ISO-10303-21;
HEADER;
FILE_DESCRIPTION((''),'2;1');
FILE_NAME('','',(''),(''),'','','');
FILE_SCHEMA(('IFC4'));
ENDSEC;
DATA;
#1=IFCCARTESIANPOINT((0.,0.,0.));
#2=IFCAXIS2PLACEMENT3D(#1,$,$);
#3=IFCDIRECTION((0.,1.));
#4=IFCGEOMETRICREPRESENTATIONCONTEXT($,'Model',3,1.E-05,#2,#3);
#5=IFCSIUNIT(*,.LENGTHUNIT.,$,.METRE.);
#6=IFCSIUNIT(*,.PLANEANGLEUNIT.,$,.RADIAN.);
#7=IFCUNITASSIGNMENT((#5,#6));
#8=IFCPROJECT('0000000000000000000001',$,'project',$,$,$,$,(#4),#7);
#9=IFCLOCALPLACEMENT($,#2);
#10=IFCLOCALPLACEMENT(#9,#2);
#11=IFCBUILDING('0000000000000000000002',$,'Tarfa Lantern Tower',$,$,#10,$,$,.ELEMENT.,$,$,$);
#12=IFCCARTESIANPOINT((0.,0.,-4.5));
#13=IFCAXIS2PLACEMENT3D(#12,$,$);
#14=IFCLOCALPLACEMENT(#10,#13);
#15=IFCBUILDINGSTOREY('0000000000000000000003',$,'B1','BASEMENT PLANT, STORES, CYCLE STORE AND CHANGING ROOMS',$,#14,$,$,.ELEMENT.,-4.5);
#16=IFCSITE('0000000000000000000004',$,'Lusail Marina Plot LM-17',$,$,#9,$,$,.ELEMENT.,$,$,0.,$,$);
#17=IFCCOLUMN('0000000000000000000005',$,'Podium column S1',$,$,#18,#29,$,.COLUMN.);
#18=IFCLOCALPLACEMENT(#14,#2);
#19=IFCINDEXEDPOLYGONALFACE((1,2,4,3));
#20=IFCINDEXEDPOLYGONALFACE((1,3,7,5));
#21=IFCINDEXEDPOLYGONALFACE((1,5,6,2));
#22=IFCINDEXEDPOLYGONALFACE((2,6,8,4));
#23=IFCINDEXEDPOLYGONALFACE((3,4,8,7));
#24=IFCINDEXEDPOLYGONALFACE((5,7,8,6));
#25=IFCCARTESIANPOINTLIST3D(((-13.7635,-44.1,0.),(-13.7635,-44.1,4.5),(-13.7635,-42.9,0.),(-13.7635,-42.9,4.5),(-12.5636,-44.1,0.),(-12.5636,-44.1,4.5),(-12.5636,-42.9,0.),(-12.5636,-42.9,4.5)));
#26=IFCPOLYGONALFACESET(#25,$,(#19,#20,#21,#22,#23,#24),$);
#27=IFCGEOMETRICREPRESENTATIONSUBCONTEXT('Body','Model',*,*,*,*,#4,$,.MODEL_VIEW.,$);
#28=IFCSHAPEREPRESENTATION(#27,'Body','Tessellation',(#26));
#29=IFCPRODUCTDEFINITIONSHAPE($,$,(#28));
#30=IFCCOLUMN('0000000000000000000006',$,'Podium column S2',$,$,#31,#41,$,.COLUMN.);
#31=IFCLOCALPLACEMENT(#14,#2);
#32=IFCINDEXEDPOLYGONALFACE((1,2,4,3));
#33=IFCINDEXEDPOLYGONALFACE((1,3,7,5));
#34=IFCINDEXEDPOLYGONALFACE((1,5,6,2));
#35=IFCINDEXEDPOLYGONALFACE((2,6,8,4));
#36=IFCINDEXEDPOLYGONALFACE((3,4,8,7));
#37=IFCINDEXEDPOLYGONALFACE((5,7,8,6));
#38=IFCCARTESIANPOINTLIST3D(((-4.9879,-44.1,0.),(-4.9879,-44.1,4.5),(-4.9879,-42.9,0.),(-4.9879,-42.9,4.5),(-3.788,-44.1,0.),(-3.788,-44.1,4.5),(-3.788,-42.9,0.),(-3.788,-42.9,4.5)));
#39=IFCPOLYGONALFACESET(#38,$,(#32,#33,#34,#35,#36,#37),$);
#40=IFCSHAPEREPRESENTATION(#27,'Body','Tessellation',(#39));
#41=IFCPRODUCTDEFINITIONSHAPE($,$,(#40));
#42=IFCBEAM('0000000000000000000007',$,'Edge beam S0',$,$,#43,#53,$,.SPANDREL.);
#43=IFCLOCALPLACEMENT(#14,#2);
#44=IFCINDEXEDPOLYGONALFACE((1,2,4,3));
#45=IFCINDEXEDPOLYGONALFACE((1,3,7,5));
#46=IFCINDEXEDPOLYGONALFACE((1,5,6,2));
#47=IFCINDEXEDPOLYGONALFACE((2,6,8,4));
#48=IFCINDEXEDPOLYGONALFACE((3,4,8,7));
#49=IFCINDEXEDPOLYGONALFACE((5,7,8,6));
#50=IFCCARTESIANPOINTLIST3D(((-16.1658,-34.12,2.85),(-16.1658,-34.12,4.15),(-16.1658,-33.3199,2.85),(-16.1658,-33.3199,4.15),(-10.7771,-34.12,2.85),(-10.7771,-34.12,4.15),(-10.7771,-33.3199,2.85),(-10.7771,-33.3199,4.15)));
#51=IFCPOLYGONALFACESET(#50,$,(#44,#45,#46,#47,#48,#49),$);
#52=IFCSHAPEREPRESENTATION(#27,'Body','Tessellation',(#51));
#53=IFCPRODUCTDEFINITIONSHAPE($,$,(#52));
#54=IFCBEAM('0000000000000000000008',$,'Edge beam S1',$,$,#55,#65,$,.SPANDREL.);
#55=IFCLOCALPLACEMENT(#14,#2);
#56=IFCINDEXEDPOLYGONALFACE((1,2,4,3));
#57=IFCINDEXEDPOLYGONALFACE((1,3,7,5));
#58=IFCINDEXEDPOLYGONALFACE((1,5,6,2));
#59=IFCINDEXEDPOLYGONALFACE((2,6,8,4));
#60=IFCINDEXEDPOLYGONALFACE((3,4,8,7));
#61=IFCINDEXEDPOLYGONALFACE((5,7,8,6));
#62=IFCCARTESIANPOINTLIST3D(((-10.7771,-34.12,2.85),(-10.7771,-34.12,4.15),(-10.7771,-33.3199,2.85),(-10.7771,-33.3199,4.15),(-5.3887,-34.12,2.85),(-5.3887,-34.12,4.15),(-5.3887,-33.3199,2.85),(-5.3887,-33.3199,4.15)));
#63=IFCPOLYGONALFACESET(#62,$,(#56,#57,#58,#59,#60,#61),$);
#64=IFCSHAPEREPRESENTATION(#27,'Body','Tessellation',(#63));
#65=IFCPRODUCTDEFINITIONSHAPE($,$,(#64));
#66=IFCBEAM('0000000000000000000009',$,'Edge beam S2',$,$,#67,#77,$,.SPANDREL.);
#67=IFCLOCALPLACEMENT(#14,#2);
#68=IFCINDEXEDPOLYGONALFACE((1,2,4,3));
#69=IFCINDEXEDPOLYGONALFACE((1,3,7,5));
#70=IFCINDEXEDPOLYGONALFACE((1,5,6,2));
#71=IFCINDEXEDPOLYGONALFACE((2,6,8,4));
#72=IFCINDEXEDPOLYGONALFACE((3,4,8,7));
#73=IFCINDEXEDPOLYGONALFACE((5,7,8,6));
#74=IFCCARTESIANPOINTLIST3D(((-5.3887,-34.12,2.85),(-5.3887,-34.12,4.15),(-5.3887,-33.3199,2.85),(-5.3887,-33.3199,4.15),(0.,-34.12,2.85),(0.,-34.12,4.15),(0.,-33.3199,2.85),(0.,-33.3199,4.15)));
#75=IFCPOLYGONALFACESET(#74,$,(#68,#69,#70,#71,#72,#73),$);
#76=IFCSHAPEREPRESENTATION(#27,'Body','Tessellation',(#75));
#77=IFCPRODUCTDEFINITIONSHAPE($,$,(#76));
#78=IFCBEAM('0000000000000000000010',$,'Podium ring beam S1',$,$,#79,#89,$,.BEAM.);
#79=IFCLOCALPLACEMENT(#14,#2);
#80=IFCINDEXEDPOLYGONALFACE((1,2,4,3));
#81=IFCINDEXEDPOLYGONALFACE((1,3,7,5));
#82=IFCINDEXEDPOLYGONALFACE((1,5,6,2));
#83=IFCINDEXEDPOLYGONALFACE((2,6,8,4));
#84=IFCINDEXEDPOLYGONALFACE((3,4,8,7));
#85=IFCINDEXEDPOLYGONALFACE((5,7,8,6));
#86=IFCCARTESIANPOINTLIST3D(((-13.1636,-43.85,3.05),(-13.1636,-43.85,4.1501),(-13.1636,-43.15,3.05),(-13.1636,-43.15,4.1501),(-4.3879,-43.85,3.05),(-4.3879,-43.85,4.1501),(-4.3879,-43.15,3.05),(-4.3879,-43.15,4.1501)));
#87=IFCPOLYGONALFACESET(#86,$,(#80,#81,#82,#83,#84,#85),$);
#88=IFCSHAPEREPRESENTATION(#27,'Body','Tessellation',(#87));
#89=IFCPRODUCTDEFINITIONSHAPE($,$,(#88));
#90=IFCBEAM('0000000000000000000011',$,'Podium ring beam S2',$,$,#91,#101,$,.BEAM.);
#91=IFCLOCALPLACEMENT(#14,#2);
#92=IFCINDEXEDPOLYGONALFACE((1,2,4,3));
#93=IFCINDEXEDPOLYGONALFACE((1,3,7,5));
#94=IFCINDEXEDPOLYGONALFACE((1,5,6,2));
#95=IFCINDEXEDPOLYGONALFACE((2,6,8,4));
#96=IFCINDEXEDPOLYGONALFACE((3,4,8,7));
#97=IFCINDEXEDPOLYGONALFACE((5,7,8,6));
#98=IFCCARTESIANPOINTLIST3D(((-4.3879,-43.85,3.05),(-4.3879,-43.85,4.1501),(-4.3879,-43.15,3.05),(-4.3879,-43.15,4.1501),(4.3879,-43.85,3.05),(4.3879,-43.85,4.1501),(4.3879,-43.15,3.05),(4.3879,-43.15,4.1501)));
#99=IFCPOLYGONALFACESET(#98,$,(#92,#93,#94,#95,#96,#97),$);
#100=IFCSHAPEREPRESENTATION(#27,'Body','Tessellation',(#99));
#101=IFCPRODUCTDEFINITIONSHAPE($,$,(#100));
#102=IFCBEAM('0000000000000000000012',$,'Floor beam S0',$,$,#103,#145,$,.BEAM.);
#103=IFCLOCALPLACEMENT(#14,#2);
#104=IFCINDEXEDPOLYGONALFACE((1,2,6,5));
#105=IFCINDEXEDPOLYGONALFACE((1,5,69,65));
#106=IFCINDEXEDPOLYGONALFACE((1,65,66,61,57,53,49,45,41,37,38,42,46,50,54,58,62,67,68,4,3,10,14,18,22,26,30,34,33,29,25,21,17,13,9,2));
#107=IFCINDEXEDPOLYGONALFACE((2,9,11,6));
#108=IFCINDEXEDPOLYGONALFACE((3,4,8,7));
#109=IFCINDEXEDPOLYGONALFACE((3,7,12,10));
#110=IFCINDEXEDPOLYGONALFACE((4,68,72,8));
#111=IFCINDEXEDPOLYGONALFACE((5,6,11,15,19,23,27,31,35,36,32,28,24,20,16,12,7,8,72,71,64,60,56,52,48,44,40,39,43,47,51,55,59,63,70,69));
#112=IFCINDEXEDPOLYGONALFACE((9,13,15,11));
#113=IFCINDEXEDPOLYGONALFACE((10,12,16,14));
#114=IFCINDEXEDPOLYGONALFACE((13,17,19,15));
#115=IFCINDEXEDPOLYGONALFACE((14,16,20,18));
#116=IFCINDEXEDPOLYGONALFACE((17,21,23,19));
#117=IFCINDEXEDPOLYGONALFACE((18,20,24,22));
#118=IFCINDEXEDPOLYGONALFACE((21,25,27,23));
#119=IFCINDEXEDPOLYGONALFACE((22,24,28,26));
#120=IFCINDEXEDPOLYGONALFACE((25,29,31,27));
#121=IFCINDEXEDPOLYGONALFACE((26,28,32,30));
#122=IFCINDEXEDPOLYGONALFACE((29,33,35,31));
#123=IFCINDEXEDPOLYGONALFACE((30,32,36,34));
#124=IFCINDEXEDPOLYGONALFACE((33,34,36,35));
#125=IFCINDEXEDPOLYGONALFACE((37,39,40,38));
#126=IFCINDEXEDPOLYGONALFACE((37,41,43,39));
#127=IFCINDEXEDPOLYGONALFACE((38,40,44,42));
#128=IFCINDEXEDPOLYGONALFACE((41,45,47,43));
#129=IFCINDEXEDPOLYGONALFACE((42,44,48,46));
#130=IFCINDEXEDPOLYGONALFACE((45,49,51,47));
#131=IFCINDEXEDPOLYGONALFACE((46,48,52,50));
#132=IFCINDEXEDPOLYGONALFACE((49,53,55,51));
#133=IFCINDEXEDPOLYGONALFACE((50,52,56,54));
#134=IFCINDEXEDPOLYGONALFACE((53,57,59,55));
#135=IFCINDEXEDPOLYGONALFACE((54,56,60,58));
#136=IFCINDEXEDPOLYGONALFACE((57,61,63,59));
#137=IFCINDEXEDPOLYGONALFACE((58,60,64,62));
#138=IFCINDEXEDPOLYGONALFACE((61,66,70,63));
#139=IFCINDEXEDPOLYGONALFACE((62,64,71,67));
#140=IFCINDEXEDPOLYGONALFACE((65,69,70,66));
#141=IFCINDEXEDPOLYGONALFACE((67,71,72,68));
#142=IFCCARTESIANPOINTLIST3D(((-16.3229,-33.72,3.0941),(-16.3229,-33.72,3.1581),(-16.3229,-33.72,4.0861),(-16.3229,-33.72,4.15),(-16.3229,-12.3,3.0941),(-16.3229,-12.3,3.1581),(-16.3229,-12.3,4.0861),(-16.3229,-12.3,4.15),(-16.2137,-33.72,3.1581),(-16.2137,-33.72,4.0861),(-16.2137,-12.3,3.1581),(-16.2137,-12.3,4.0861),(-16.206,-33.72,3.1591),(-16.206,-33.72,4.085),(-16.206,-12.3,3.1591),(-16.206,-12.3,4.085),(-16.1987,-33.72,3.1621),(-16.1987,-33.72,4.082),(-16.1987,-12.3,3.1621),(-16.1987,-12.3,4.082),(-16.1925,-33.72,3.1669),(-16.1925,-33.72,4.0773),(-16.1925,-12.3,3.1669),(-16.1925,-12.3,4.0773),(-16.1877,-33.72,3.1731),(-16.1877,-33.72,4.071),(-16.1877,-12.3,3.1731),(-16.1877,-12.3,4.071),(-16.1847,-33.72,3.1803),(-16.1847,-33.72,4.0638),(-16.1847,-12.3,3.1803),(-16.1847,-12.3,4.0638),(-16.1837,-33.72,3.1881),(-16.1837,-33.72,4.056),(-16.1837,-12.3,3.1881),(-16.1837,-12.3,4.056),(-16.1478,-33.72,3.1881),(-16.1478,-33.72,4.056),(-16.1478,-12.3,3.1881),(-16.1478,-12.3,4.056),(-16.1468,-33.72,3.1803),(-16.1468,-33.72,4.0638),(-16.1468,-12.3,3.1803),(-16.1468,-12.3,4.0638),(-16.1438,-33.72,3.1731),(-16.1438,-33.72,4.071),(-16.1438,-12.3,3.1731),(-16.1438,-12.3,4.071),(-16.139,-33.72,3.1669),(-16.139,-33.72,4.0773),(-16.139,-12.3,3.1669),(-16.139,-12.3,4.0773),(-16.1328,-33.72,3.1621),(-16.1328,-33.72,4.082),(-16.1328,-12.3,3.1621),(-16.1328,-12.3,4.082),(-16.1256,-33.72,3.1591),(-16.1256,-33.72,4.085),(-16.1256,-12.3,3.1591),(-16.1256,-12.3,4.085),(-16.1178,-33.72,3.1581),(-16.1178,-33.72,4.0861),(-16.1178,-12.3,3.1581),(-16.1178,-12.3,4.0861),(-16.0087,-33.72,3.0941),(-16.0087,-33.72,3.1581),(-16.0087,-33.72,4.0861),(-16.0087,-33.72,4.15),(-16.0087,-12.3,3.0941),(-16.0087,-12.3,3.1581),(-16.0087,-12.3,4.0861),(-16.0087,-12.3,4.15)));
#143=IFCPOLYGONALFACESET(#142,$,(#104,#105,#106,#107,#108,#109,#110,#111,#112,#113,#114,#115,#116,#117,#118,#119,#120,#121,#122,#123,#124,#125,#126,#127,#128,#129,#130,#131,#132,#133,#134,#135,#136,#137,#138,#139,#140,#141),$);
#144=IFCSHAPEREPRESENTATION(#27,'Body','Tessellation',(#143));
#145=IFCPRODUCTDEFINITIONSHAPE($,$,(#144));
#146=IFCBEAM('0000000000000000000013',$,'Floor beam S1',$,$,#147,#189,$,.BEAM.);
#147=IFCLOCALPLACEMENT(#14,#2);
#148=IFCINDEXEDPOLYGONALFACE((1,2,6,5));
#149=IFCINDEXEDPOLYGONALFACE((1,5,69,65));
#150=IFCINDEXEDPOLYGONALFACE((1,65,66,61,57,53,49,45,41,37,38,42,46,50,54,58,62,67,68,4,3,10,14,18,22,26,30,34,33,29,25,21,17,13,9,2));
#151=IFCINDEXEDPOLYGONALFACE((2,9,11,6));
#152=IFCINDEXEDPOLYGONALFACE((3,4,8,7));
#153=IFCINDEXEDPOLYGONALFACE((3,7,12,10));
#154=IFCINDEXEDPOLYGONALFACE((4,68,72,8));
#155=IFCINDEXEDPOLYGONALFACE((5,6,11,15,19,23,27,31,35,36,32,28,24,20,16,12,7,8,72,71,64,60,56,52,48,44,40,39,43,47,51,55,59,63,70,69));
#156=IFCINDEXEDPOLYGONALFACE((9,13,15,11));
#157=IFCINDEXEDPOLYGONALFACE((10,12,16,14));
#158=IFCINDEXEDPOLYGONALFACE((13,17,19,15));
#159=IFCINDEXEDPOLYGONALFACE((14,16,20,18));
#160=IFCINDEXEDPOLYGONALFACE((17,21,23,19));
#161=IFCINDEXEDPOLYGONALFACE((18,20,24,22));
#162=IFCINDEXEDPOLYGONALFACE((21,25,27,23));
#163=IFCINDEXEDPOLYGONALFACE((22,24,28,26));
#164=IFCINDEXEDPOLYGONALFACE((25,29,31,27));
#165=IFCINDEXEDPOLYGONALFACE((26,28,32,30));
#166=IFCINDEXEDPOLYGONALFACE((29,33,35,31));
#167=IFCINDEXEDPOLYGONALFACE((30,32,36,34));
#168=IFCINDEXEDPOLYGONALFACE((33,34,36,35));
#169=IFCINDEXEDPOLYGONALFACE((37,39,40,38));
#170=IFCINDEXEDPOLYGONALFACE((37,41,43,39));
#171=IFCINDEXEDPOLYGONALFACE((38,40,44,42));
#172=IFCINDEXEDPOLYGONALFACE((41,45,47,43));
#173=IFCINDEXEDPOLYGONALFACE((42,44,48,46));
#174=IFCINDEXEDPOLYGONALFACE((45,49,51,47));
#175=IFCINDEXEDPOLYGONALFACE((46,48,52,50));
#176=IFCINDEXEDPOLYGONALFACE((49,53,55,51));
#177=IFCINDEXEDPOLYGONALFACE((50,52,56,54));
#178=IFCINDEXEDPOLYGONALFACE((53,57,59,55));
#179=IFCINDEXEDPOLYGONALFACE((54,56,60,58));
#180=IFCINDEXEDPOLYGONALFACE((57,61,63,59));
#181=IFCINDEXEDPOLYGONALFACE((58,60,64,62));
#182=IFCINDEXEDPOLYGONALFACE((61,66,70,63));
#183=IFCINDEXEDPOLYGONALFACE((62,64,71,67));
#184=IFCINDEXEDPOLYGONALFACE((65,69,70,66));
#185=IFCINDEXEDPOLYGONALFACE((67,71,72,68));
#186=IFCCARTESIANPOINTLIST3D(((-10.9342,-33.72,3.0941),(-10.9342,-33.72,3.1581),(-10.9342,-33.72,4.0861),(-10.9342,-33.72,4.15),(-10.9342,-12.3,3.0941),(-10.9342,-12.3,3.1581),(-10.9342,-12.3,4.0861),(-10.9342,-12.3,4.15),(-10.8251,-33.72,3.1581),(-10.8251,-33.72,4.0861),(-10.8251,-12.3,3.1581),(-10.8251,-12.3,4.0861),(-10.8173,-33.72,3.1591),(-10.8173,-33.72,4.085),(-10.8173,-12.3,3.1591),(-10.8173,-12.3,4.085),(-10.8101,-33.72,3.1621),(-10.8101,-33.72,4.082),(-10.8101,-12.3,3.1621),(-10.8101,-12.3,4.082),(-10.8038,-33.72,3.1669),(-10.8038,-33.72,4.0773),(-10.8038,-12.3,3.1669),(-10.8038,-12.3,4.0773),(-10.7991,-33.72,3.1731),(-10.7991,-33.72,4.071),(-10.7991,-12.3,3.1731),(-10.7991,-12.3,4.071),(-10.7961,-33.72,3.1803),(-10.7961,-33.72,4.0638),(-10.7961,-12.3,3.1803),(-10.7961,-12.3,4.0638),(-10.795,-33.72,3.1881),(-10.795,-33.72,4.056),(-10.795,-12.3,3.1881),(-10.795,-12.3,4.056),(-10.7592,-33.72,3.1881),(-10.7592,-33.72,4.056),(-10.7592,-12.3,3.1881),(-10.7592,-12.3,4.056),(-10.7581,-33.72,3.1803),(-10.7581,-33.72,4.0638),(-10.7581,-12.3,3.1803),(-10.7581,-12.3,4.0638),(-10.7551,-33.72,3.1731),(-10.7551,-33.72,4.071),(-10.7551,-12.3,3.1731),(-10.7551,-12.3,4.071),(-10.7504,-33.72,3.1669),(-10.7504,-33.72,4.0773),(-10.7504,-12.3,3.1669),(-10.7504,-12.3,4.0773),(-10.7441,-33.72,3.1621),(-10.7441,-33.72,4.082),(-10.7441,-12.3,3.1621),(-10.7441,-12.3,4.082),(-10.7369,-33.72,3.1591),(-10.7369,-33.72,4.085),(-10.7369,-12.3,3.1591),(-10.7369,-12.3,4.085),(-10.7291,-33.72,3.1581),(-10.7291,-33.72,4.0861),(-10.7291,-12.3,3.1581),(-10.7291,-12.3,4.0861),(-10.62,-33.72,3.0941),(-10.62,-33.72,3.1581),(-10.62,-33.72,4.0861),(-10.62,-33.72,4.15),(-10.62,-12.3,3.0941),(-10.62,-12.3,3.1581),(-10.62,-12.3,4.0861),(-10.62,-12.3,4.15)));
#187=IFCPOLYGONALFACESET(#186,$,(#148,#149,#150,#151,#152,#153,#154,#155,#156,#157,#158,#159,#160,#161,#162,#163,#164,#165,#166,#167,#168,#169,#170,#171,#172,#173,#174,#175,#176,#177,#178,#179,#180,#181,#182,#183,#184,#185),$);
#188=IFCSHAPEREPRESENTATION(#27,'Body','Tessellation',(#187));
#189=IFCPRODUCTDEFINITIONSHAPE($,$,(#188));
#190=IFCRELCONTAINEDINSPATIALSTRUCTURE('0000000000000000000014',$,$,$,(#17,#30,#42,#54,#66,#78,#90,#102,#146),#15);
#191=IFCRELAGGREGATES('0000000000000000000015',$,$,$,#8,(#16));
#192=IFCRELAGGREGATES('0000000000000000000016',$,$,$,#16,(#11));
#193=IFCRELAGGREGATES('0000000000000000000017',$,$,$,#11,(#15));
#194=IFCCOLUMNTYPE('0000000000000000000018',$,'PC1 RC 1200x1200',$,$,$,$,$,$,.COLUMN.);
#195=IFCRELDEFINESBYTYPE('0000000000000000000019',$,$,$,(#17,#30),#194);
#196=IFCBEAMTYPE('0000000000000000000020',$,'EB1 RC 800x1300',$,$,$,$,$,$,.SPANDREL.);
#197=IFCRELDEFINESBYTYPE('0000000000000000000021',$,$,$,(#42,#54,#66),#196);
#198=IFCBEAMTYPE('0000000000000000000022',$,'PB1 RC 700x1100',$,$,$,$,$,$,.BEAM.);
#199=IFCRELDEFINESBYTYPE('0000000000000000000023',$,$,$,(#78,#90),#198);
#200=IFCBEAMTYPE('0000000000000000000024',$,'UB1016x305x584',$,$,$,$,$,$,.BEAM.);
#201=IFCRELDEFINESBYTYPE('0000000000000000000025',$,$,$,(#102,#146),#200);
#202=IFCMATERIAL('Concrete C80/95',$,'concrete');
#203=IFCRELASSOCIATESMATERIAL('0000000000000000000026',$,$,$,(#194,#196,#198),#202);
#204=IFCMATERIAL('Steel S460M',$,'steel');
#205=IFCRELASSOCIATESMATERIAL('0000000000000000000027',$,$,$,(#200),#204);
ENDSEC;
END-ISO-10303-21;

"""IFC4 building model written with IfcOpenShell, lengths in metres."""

from ifc_helpers import new_model, si_unit, direction, frame, origin, origin_2d, place, context, subcontext, project, spatial, rectangle, i_section, extrude, material, material_profile, profile_set, type_object, element, save


model = new_model("IFC4")

# Units and contexts
model_context = context("Model", 3, precision=1e-05, world=origin(), true_north=direction((0.0, 1.0)))
body_context = subcontext(model_context, "Body", "Model", "MODEL_VIEW")
ifc_project = project(units=[si_unit("LENGTHUNIT", "METRE"), si_unit("PLANEANGLEUNIT", "RADIAN")], contexts=[model_context])

# Site, building, storey
site_placement = place(None, origin())
site = spatial("IfcSite", under=ifc_project, at=site_placement, Name="Lusail Marina Plot LM-17", CompositionType="ELEMENT", RefElevation=0.0)
building_placement = place(site_placement, origin())
building = spatial("IfcBuilding", under=site, at=building_placement, Name="Tarfa Lantern Tower", CompositionType="ELEMENT")
storey_placement = place(building_placement, frame((0.0, 0.0, -4.5)))
storey = spatial("IfcBuildingStorey", under=building, at=storey_placement, Name="B1", Description="BASEMENT PLANT, STORES, CYCLE STORE AND CHANGING ROOMS", CompositionType="ELEMENT", Elevation=-4.5)

# Columns
ifc_material_1 = material(Name="Concrete C80/95", Category="concrete")
ifc_material_profile_1 = material_profile(ifc_material_1, rectangle(XDim=1.2, YDim=1.2, at=origin_2d()), Name="RC 1200x1200")
ifc_profile_set_1 = profile_set([ifc_material_profile_1], Name="Concrete C80/95")
column_type = type_object("IfcColumnType", Name="PC1 RC 1200x1200", PredefinedType="COLUMN", material=ifc_profile_set_1)
for number, where, z_axis, x_axis, name in (
    (1, (-13.1636, -43.5, 0.0), (0.0, 0.0, 1.0), (1.0, 0.0, 0.0), "Podium column S1"),
    (2, (-4.3879, -43.5, 0.0), (0.0, 0.0, 1.0), (1.0, 0.0, 0.0), "Podium column S2"),
):
    element("IfcColumn", number, at=place(storey_placement, frame(where, z_axis=z_axis, x_axis=x_axis)), inside=storey, type_object=column_type, Name=name, PredefinedType="COLUMN", context=body_context, shape_type="SweptSolid", body=[
        extrude(rectangle(XDim=1.2, YDim=1.2, at=origin_2d()), origin(), (0.0, 0.0, 1.0), 4.5),
    ])

# Beams
ifc_material_profile_2 = material_profile(ifc_material_1, rectangle(XDim=0.8, YDim=1.3, at=origin_2d()), Name="RC 800x1300")
ifc_profile_set_2 = profile_set([ifc_material_profile_2], Name="Concrete C80/95")
beam_type_1 = type_object("IfcBeamType", Name="EB1 RC 800x1300", PredefinedType="SPANDREL", material=ifc_profile_set_2)
beam_1_placement = place(storey_placement, frame((-16.1658, -33.72, 3.5), z_axis=(1.0, 0.0, 0.0), x_axis=(0.0, 1.0, 0.0)))
element("IfcBeam", 3, at=beam_1_placement, inside=storey, type_object=beam_type_1, Name="Edge beam S0", PredefinedType="SPANDREL", context=body_context, shape_type="SweptSolid", body=[
    extrude(rectangle(XDim=0.8, YDim=1.3, at=origin_2d()), origin(), (0.0, 0.0, 1.0), 5.3887),
])
beam_2_placement = place(storey_placement, frame((-10.7771, -33.72, 3.5), z_axis=(1.0, 0.0, 0.0), x_axis=(0.0, 1.0, 0.0)))
element("IfcBeam", 4, at=beam_2_placement, inside=storey, type_object=beam_type_1, Name="Edge beam S1", PredefinedType="SPANDREL", context=body_context, shape_type="SweptSolid", body=[
    extrude(rectangle(XDim=0.8, YDim=1.3, at=origin_2d()), origin(), (0.0, 0.0, 1.0), 5.3884),
])
beam_3_placement = place(storey_placement, frame((-5.3887, -33.72, 3.5), z_axis=(1.0, 0.0, 0.0), x_axis=(0.0, 1.0, 0.0)))
element("IfcBeam", 5, at=beam_3_placement, inside=storey, type_object=beam_type_1, Name="Edge beam S2", PredefinedType="SPANDREL", context=body_context, shape_type="SweptSolid", body=[
    extrude(rectangle(XDim=0.8, YDim=1.3, at=origin_2d()), origin(), (0.0, 0.0, 1.0), 5.3887),
])
ifc_material_profile_3 = material_profile(ifc_material_1, rectangle(XDim=0.7, YDim=1.1001, at=origin_2d()), Name="RC 700x1100")
ifc_profile_set_3 = profile_set([ifc_material_profile_3], Name="Concrete C80/95")
beam_type_2 = type_object("IfcBeamType", Name="PB1 RC 700x1100", PredefinedType="BEAM", material=ifc_profile_set_3)
beam_4_placement = place(storey_placement, frame((-13.1636, -43.5, 3.6001), z_axis=(1.0, 0.0, 0.0), x_axis=(0.0, 1.0, 0.0)))
element("IfcBeam", 6, at=beam_4_placement, inside=storey, type_object=beam_type_2, Name="Podium ring beam S1", PredefinedType="BEAM", context=body_context, shape_type="SweptSolid", body=[
    extrude(rectangle(XDim=0.7, YDim=1.1001, at=origin_2d()), origin(), (0.0, 0.0, 1.0), 8.7756),
])
beam_5_placement = place(storey_placement, frame((-4.3879, -43.5, 3.6001), z_axis=(1.0, 0.0, 0.0), x_axis=(0.0, 1.0, 0.0)))
element("IfcBeam", 7, at=beam_5_placement, inside=storey, type_object=beam_type_2, Name="Podium ring beam S2", PredefinedType="BEAM", context=body_context, shape_type="SweptSolid", body=[
    extrude(rectangle(XDim=0.7, YDim=1.1001, at=origin_2d()), origin(), (0.0, 0.0, 1.0), 8.7759),
])
ifc_material_2 = material(Name="Steel S460M", Category="steel")
ifc_material_profile_4 = material_profile(ifc_material_2, i_section(OverallWidth=0.3142, OverallDepth=1.0559, WebThickness=0.0359, FlangeThickness=0.064, FilletRadius=0.03, at=origin_2d()), Name="UB1016x305x584")
ifc_profile_set_4 = profile_set([ifc_material_profile_4], Name="Steel S460M")
beam_type_3 = type_object("IfcBeamType", Name="UB1016x305x584", PredefinedType="BEAM", material=ifc_profile_set_4)
for number, where, z_axis, x_axis, name in (
    (8, (-16.1658, -33.72, 3.6221), (0.0, 1.0, 0.0), (-1.0, 0.0, 0.0), "Floor beam S0"),
    (9, (-10.7771, -33.72, 3.6221), (0.0, 1.0, 0.0), (-1.0, 0.0, 0.0), "Floor beam S1"),
):
    element("IfcBeam", number, at=place(storey_placement, frame(where, z_axis=z_axis, x_axis=x_axis)), inside=storey, type_object=beam_type_3, Name=name, PredefinedType="BEAM", context=body_context, shape_type="SweptSolid", body=[
        extrude(i_section(OverallWidth=0.3142, OverallDepth=1.0559, WebThickness=0.0359, FlangeThickness=0.064, FilletRadius=0.03, at=origin_2d()), origin(), (0.0, 0.0, 1.0), 21.4199),
    ])

save(model, "model.ifc")
